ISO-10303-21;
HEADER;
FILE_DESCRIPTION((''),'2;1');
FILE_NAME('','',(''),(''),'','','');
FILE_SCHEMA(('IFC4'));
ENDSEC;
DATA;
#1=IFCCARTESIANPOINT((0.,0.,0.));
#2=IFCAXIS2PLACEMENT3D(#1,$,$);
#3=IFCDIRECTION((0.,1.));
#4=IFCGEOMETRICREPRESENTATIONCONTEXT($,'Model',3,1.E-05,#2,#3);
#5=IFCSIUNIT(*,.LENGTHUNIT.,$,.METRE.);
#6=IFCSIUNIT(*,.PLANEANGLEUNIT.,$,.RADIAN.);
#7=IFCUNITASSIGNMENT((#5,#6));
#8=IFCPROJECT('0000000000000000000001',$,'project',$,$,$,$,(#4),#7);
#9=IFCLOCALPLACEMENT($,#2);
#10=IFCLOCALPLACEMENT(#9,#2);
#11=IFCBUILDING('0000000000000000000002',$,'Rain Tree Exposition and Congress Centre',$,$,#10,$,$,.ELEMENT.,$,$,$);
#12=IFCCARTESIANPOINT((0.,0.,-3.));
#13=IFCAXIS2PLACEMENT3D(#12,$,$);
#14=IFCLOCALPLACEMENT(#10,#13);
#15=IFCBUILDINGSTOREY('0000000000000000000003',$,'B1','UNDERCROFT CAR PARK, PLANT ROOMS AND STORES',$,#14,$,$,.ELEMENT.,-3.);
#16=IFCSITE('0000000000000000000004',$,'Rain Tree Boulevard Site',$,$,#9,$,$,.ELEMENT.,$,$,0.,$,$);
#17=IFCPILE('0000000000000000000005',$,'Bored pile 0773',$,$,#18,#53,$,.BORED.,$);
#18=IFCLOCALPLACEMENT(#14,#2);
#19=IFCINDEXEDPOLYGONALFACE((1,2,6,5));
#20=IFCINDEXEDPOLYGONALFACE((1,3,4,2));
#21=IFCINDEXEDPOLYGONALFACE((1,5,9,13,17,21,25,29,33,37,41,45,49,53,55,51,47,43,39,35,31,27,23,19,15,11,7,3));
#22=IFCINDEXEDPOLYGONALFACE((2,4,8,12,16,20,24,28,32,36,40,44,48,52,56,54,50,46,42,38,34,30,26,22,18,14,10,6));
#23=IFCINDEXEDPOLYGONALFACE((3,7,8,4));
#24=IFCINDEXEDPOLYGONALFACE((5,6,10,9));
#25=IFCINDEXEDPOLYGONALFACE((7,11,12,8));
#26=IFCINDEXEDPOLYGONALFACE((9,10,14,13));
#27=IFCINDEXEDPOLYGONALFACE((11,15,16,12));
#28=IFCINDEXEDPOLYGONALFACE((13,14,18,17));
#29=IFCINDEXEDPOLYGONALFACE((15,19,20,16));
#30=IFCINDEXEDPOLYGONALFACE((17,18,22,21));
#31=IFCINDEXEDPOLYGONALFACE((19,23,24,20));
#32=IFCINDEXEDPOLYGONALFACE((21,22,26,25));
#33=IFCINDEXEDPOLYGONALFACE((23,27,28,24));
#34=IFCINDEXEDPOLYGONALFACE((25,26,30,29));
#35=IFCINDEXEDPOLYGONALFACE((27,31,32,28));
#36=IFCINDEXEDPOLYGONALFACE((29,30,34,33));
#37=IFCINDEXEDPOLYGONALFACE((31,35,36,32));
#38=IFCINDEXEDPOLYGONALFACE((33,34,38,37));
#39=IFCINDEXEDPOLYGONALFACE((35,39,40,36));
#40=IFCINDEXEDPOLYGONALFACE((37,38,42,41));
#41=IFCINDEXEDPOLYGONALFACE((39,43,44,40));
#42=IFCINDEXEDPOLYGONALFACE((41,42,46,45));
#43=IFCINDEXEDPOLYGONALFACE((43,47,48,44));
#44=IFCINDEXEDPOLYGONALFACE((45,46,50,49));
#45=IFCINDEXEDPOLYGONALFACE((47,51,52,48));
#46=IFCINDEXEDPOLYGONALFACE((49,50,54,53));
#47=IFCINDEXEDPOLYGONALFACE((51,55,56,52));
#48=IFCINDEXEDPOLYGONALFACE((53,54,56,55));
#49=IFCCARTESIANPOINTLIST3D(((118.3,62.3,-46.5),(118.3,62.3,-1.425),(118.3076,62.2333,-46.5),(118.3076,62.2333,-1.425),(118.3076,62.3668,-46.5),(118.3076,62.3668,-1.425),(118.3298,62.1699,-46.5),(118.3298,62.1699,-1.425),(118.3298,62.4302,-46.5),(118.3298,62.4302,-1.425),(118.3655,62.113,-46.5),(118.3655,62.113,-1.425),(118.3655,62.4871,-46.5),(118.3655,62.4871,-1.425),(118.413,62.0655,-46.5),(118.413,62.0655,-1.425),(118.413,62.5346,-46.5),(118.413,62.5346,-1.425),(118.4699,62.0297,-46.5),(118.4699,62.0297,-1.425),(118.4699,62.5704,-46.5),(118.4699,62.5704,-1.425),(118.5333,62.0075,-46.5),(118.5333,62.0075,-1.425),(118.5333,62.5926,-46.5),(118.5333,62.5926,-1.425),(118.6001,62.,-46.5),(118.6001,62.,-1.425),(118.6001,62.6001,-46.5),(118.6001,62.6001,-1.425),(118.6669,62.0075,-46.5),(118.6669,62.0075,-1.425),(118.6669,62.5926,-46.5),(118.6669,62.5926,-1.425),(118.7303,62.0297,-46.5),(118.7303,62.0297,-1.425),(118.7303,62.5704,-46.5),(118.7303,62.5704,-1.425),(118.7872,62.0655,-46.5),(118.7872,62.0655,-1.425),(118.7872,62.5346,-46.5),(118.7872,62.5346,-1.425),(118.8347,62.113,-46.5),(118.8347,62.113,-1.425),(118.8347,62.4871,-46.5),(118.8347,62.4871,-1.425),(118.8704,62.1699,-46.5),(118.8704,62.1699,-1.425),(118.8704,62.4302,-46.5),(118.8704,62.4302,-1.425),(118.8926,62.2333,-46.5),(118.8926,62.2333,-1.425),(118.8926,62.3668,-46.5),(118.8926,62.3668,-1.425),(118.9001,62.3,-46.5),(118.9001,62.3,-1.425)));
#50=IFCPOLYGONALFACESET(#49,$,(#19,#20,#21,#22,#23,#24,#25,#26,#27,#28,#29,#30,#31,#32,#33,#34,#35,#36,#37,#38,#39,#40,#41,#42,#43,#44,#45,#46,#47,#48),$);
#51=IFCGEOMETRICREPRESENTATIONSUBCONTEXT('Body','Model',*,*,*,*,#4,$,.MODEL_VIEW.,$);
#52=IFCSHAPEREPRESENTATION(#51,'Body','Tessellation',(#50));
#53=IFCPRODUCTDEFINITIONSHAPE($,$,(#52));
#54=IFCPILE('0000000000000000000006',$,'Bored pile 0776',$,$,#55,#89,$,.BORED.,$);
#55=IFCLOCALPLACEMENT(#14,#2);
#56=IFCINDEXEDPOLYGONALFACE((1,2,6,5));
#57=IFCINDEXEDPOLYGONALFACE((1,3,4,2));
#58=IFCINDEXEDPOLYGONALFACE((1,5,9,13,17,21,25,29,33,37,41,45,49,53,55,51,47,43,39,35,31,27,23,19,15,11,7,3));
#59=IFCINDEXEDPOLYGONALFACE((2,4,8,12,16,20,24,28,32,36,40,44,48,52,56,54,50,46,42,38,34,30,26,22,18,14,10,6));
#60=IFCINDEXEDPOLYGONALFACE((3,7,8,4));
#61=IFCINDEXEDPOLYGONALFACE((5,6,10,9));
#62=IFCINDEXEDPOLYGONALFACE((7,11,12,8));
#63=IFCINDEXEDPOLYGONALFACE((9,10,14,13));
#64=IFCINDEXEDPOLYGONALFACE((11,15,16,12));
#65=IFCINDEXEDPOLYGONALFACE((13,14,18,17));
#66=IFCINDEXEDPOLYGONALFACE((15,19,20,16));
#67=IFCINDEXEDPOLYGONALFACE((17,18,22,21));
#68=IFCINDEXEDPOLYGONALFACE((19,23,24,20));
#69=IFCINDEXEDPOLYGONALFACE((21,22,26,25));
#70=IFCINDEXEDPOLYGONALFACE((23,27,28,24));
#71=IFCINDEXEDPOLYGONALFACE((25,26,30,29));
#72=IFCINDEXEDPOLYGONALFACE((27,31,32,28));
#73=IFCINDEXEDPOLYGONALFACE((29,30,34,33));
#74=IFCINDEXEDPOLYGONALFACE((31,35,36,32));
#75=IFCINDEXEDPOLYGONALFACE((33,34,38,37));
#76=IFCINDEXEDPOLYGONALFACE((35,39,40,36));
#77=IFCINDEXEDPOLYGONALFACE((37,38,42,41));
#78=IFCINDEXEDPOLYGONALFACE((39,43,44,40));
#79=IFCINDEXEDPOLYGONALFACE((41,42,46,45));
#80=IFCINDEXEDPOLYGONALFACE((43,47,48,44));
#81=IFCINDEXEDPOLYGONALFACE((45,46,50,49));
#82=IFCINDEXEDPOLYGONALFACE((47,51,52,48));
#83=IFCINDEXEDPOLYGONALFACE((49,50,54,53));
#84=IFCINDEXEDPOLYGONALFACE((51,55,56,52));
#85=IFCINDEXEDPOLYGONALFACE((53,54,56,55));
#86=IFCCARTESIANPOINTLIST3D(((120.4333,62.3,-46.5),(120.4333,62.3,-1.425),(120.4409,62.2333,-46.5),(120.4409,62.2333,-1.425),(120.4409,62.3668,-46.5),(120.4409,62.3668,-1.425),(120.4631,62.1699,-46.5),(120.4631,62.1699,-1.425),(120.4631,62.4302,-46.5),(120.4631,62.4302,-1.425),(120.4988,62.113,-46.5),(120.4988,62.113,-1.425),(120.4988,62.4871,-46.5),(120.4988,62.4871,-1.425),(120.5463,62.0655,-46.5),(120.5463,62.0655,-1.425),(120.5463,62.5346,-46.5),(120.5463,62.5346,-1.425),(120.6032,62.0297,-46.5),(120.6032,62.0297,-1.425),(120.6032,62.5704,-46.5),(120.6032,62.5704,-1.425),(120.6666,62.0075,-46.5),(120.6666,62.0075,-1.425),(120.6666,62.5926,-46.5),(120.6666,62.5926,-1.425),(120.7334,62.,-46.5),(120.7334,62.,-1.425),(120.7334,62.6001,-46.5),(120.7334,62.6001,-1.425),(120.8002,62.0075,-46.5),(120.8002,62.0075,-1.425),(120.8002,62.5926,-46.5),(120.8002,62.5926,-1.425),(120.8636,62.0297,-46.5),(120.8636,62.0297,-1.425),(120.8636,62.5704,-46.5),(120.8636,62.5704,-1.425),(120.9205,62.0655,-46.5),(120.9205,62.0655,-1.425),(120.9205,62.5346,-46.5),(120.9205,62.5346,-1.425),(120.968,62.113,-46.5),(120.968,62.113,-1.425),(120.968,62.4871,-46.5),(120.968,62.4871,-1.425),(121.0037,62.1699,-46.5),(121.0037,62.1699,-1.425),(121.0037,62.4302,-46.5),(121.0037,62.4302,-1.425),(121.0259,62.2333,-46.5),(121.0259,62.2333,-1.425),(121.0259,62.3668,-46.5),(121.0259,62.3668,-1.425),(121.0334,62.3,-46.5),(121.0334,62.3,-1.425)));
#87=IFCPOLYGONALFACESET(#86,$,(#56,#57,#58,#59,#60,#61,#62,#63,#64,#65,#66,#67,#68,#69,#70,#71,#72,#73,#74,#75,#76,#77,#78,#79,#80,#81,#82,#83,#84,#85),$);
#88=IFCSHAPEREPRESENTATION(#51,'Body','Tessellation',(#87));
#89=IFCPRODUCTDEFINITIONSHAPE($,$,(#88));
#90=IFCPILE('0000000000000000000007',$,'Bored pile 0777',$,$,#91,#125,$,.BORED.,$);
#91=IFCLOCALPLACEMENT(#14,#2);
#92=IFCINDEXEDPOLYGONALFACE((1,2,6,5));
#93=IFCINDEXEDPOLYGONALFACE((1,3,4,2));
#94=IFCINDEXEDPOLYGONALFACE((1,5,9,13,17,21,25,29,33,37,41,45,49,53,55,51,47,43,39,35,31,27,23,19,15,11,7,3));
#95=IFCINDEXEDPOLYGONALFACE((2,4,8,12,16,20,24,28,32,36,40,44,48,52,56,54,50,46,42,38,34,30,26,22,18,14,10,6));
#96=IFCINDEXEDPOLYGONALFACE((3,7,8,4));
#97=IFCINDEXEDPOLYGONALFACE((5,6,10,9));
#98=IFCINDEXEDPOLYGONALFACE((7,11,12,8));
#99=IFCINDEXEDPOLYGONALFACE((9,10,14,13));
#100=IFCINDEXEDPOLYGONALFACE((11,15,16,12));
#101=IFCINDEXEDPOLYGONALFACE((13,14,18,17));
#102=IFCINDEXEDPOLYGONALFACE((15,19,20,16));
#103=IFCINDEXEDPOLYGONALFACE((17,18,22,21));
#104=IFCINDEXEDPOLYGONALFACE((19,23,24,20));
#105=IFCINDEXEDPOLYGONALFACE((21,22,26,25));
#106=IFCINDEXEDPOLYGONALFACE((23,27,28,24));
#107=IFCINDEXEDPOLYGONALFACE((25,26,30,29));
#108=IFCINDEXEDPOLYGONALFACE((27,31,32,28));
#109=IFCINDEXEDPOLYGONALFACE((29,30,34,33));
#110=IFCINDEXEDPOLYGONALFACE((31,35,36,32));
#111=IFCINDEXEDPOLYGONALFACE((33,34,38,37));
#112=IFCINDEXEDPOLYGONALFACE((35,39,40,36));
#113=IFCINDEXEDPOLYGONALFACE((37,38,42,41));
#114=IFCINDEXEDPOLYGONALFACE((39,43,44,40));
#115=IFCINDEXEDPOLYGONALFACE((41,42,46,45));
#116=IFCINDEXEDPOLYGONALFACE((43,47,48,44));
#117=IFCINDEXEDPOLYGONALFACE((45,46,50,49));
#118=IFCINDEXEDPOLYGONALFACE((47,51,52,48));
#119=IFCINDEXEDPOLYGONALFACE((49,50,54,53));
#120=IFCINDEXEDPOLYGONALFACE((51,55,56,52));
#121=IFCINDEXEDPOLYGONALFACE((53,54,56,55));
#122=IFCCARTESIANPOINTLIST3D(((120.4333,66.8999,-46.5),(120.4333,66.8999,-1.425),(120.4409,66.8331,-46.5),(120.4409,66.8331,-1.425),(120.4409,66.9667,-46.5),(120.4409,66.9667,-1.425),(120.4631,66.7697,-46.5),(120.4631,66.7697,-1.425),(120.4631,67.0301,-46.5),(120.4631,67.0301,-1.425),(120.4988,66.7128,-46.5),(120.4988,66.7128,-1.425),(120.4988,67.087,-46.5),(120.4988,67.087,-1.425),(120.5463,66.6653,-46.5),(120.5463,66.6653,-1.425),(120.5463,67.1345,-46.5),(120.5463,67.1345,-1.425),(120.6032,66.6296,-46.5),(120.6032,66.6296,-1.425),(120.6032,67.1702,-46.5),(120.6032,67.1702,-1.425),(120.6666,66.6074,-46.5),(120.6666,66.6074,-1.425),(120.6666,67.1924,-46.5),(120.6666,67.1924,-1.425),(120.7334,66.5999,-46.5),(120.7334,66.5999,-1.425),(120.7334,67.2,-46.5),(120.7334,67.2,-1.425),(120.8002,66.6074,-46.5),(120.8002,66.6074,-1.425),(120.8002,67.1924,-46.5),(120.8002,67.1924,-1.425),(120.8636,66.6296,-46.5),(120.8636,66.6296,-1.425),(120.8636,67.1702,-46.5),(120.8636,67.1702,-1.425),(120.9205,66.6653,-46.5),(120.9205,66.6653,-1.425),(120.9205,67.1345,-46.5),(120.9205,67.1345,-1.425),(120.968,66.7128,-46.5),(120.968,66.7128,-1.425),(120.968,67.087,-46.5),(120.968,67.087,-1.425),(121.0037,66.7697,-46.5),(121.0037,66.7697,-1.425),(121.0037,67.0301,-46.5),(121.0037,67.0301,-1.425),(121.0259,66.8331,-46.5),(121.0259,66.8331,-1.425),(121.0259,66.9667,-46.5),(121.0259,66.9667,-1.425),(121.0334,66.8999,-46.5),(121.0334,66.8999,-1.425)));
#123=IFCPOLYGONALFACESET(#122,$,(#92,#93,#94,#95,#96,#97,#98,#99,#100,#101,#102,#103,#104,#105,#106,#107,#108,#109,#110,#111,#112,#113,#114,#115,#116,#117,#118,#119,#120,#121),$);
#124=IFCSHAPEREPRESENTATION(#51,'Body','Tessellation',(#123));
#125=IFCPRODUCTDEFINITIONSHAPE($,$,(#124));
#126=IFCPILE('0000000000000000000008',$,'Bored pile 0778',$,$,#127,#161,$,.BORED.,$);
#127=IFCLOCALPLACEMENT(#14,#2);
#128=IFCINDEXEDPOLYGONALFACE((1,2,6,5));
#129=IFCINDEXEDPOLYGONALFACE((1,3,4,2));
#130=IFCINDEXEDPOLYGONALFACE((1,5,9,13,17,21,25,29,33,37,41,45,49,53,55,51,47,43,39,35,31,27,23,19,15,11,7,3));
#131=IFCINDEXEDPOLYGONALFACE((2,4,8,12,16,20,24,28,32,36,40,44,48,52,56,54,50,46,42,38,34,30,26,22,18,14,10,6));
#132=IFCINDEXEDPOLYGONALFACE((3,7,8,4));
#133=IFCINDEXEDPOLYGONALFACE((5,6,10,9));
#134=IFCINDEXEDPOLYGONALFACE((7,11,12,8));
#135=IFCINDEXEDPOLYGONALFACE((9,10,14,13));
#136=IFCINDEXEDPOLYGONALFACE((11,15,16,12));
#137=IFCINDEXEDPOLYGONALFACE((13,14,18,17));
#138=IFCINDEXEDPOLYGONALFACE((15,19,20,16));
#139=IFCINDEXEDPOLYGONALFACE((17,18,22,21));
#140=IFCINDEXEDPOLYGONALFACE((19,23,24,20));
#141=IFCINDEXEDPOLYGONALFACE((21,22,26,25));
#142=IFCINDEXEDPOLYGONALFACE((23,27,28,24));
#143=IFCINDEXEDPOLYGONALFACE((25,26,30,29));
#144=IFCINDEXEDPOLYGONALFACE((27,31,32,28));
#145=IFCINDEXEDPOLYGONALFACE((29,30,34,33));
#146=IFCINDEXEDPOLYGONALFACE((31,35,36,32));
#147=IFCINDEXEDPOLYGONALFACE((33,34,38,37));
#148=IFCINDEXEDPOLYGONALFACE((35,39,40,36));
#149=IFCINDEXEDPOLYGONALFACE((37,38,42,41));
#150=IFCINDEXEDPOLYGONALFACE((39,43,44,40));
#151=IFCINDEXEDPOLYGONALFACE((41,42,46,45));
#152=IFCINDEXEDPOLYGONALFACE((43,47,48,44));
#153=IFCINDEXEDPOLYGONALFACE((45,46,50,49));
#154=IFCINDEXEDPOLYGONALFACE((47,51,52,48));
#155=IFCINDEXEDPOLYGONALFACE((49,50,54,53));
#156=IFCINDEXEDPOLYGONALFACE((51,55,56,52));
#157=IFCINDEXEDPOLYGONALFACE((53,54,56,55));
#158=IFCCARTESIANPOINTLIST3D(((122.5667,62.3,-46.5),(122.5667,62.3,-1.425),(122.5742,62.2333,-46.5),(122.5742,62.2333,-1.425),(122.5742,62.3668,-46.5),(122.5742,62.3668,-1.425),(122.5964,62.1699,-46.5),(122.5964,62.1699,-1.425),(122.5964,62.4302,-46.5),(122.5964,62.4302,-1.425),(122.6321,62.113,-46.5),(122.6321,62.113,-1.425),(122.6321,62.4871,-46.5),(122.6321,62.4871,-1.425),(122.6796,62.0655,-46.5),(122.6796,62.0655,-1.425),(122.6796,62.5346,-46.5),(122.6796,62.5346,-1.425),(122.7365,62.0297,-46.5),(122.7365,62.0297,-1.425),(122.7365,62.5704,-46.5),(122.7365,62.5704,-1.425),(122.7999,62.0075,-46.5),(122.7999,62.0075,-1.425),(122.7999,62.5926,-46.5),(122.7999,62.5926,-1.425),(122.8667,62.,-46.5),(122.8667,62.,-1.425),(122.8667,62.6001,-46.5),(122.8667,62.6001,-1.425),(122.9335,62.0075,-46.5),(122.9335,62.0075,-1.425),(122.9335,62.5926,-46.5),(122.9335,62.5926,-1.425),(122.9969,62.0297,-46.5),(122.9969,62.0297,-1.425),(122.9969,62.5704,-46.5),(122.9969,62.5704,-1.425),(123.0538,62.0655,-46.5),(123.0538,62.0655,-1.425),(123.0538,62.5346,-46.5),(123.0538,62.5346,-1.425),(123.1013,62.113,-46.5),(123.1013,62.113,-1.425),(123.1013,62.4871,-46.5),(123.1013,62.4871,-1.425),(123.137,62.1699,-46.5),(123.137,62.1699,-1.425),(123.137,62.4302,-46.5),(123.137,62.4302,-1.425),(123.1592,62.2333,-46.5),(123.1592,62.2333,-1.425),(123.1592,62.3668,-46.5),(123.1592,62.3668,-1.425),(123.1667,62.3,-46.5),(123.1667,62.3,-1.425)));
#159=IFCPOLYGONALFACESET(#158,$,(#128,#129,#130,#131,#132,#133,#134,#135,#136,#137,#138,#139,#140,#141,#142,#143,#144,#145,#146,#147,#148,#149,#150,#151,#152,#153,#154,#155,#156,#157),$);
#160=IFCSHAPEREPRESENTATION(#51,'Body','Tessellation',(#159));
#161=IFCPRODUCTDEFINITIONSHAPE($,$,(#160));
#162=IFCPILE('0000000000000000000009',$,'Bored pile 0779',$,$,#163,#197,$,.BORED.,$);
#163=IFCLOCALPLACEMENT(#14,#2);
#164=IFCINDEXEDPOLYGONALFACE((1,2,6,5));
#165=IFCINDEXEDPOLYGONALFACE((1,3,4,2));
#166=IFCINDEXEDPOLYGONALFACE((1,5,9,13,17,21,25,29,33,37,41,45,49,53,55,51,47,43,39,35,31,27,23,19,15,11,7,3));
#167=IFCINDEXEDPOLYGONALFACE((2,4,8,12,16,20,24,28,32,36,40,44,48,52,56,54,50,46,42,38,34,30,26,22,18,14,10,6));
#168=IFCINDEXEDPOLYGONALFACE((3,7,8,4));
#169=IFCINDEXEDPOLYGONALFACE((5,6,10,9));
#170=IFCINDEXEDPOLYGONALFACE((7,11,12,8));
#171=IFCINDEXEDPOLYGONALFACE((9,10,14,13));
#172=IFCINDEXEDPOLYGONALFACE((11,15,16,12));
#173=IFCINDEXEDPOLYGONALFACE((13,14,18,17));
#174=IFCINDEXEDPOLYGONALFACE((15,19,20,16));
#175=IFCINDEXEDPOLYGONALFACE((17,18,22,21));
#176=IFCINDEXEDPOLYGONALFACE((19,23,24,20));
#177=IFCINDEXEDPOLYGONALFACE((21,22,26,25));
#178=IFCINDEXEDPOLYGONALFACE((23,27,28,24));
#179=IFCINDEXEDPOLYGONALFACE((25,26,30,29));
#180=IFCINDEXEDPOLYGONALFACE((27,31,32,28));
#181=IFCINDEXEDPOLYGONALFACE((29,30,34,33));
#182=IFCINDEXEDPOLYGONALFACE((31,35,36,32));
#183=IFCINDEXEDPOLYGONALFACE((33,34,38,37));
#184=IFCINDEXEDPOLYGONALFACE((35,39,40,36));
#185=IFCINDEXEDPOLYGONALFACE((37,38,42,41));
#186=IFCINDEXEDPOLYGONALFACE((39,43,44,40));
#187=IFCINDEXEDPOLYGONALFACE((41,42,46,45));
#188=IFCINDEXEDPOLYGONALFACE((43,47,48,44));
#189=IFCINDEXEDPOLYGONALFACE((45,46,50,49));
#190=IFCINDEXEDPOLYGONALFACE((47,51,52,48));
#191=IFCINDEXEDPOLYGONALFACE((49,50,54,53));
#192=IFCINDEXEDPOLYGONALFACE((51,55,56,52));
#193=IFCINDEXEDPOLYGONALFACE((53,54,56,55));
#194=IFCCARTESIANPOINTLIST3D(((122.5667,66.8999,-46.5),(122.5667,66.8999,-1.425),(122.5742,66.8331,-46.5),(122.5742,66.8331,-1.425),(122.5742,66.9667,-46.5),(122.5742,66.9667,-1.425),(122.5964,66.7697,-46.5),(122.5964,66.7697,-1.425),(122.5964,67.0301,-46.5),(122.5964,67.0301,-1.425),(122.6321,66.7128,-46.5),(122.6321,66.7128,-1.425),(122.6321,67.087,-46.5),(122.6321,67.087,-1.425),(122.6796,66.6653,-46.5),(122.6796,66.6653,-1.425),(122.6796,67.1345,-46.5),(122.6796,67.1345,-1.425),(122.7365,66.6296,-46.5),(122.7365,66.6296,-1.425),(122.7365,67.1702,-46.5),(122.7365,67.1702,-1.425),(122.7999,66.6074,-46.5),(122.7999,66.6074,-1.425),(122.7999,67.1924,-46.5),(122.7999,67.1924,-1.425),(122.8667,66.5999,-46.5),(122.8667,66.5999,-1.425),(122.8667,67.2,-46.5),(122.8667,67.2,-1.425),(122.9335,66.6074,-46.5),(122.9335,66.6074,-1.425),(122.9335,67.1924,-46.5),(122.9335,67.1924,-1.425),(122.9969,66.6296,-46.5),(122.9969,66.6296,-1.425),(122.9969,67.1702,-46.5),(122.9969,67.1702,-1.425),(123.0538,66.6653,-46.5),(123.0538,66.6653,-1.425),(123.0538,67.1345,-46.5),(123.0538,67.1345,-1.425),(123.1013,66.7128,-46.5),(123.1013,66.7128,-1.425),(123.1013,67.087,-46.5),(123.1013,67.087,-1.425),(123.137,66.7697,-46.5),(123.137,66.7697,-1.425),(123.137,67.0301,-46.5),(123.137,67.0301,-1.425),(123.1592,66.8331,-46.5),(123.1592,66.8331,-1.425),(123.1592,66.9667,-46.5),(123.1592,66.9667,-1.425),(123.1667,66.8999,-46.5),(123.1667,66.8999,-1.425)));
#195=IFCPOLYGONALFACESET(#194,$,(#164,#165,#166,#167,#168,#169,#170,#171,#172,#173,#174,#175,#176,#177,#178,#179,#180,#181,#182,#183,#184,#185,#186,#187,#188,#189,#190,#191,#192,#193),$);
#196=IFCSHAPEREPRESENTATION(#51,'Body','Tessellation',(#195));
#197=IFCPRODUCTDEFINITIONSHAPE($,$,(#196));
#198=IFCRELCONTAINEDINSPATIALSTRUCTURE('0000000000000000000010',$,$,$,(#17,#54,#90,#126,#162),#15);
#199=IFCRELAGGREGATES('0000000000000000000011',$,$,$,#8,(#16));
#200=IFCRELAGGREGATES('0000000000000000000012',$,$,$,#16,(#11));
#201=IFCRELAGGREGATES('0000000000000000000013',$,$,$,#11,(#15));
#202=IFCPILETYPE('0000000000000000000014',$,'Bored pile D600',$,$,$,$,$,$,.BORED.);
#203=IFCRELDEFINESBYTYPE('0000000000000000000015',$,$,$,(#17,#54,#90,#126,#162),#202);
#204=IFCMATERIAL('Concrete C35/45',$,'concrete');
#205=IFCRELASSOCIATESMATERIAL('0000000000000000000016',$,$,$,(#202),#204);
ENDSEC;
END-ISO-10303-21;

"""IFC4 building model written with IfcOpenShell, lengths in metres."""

from ifc_helpers import new_model, si_unit, direction, frame, origin, origin_2d, place, context, subcontext, project, spatial, circle, extrude, material, material_profile, profile_set, type_object, element, save


model = new_model("IFC4")

# Units and contexts
model_context = context("Model", 3, precision=1e-05, world=origin(), true_north=direction((0.0, 1.0)))
body_context = subcontext(model_context, "Body", "Model", "MODEL_VIEW")
ifc_project = project(units=[si_unit("LENGTHUNIT", "METRE"), si_unit("PLANEANGLEUNIT", "RADIAN")], contexts=[model_context])

# Site, building, storey
site_placement = place(None, origin())
site = spatial("IfcSite", under=ifc_project, at=site_placement, Name="Rain Tree Boulevard Site", CompositionType="ELEMENT", RefElevation=0.0)
building_placement = place(site_placement, origin())
building = spatial("IfcBuilding", under=site, at=building_placement, Name="Rain Tree Exposition and Congress Centre", CompositionType="ELEMENT")
storey_placement = place(building_placement, frame((0.0, 0.0, -3.0)))
storey = spatial("IfcBuildingStorey", under=building, at=storey_placement, Name="B1", Description="UNDERCROFT CAR PARK, PLANT ROOMS AND STORES", CompositionType="ELEMENT", Elevation=-3.0)

# Piles
ifc_material_1 = material(Name="Concrete C35/45", Category="concrete")
ifc_material_profile_1 = material_profile(ifc_material_1, circle(Radius=0.3, at=origin_2d()), Name="D600")
ifc_profile_set_1 = profile_set([ifc_material_profile_1], Name="Concrete C35/45")
pile_type_1 = type_object("IfcPileType", Name="Bored pile D600", PredefinedType="BORED", material=ifc_profile_set_1)
for number, where, z_axis, x_axis, name in (
    (1, (118.6001, 62.3, -1.425), (0.0, 0.0, -1.0), (1.0, 0.0, 0.0), "Bored pile 0773"),
    (2, (120.7334, 62.3, -1.425), (0.0, 0.0, -1.0), (1.0, 0.0, 0.0), "Bored pile 0776"),
    (3, (120.7334, 66.8999, -1.425), (0.0, 0.0, -1.0), (1.0, 0.0, 0.0), "Bored pile 0777"),
    (4, (122.8667, 62.3, -1.425), (0.0, 0.0, -1.0), (1.0, 0.0, 0.0), "Bored pile 0778"),
    (5, (122.8667, 66.8999, -1.425), (0.0, 0.0, -1.0), (1.0, 0.0, 0.0), "Bored pile 0779"),
):
    element("IfcPile", number, at=place(storey_placement, frame(where, z_axis=z_axis, x_axis=x_axis)), inside=storey, type_object=pile_type_1, Name=name, PredefinedType="BORED", context=body_context, shape_type="SweptSolid", body=[
        extrude(circle(Radius=0.3, at=origin_2d()), origin(), (0.0, 0.0, 1.0), 45.075),
    ])

save(model, "model.ifc")
